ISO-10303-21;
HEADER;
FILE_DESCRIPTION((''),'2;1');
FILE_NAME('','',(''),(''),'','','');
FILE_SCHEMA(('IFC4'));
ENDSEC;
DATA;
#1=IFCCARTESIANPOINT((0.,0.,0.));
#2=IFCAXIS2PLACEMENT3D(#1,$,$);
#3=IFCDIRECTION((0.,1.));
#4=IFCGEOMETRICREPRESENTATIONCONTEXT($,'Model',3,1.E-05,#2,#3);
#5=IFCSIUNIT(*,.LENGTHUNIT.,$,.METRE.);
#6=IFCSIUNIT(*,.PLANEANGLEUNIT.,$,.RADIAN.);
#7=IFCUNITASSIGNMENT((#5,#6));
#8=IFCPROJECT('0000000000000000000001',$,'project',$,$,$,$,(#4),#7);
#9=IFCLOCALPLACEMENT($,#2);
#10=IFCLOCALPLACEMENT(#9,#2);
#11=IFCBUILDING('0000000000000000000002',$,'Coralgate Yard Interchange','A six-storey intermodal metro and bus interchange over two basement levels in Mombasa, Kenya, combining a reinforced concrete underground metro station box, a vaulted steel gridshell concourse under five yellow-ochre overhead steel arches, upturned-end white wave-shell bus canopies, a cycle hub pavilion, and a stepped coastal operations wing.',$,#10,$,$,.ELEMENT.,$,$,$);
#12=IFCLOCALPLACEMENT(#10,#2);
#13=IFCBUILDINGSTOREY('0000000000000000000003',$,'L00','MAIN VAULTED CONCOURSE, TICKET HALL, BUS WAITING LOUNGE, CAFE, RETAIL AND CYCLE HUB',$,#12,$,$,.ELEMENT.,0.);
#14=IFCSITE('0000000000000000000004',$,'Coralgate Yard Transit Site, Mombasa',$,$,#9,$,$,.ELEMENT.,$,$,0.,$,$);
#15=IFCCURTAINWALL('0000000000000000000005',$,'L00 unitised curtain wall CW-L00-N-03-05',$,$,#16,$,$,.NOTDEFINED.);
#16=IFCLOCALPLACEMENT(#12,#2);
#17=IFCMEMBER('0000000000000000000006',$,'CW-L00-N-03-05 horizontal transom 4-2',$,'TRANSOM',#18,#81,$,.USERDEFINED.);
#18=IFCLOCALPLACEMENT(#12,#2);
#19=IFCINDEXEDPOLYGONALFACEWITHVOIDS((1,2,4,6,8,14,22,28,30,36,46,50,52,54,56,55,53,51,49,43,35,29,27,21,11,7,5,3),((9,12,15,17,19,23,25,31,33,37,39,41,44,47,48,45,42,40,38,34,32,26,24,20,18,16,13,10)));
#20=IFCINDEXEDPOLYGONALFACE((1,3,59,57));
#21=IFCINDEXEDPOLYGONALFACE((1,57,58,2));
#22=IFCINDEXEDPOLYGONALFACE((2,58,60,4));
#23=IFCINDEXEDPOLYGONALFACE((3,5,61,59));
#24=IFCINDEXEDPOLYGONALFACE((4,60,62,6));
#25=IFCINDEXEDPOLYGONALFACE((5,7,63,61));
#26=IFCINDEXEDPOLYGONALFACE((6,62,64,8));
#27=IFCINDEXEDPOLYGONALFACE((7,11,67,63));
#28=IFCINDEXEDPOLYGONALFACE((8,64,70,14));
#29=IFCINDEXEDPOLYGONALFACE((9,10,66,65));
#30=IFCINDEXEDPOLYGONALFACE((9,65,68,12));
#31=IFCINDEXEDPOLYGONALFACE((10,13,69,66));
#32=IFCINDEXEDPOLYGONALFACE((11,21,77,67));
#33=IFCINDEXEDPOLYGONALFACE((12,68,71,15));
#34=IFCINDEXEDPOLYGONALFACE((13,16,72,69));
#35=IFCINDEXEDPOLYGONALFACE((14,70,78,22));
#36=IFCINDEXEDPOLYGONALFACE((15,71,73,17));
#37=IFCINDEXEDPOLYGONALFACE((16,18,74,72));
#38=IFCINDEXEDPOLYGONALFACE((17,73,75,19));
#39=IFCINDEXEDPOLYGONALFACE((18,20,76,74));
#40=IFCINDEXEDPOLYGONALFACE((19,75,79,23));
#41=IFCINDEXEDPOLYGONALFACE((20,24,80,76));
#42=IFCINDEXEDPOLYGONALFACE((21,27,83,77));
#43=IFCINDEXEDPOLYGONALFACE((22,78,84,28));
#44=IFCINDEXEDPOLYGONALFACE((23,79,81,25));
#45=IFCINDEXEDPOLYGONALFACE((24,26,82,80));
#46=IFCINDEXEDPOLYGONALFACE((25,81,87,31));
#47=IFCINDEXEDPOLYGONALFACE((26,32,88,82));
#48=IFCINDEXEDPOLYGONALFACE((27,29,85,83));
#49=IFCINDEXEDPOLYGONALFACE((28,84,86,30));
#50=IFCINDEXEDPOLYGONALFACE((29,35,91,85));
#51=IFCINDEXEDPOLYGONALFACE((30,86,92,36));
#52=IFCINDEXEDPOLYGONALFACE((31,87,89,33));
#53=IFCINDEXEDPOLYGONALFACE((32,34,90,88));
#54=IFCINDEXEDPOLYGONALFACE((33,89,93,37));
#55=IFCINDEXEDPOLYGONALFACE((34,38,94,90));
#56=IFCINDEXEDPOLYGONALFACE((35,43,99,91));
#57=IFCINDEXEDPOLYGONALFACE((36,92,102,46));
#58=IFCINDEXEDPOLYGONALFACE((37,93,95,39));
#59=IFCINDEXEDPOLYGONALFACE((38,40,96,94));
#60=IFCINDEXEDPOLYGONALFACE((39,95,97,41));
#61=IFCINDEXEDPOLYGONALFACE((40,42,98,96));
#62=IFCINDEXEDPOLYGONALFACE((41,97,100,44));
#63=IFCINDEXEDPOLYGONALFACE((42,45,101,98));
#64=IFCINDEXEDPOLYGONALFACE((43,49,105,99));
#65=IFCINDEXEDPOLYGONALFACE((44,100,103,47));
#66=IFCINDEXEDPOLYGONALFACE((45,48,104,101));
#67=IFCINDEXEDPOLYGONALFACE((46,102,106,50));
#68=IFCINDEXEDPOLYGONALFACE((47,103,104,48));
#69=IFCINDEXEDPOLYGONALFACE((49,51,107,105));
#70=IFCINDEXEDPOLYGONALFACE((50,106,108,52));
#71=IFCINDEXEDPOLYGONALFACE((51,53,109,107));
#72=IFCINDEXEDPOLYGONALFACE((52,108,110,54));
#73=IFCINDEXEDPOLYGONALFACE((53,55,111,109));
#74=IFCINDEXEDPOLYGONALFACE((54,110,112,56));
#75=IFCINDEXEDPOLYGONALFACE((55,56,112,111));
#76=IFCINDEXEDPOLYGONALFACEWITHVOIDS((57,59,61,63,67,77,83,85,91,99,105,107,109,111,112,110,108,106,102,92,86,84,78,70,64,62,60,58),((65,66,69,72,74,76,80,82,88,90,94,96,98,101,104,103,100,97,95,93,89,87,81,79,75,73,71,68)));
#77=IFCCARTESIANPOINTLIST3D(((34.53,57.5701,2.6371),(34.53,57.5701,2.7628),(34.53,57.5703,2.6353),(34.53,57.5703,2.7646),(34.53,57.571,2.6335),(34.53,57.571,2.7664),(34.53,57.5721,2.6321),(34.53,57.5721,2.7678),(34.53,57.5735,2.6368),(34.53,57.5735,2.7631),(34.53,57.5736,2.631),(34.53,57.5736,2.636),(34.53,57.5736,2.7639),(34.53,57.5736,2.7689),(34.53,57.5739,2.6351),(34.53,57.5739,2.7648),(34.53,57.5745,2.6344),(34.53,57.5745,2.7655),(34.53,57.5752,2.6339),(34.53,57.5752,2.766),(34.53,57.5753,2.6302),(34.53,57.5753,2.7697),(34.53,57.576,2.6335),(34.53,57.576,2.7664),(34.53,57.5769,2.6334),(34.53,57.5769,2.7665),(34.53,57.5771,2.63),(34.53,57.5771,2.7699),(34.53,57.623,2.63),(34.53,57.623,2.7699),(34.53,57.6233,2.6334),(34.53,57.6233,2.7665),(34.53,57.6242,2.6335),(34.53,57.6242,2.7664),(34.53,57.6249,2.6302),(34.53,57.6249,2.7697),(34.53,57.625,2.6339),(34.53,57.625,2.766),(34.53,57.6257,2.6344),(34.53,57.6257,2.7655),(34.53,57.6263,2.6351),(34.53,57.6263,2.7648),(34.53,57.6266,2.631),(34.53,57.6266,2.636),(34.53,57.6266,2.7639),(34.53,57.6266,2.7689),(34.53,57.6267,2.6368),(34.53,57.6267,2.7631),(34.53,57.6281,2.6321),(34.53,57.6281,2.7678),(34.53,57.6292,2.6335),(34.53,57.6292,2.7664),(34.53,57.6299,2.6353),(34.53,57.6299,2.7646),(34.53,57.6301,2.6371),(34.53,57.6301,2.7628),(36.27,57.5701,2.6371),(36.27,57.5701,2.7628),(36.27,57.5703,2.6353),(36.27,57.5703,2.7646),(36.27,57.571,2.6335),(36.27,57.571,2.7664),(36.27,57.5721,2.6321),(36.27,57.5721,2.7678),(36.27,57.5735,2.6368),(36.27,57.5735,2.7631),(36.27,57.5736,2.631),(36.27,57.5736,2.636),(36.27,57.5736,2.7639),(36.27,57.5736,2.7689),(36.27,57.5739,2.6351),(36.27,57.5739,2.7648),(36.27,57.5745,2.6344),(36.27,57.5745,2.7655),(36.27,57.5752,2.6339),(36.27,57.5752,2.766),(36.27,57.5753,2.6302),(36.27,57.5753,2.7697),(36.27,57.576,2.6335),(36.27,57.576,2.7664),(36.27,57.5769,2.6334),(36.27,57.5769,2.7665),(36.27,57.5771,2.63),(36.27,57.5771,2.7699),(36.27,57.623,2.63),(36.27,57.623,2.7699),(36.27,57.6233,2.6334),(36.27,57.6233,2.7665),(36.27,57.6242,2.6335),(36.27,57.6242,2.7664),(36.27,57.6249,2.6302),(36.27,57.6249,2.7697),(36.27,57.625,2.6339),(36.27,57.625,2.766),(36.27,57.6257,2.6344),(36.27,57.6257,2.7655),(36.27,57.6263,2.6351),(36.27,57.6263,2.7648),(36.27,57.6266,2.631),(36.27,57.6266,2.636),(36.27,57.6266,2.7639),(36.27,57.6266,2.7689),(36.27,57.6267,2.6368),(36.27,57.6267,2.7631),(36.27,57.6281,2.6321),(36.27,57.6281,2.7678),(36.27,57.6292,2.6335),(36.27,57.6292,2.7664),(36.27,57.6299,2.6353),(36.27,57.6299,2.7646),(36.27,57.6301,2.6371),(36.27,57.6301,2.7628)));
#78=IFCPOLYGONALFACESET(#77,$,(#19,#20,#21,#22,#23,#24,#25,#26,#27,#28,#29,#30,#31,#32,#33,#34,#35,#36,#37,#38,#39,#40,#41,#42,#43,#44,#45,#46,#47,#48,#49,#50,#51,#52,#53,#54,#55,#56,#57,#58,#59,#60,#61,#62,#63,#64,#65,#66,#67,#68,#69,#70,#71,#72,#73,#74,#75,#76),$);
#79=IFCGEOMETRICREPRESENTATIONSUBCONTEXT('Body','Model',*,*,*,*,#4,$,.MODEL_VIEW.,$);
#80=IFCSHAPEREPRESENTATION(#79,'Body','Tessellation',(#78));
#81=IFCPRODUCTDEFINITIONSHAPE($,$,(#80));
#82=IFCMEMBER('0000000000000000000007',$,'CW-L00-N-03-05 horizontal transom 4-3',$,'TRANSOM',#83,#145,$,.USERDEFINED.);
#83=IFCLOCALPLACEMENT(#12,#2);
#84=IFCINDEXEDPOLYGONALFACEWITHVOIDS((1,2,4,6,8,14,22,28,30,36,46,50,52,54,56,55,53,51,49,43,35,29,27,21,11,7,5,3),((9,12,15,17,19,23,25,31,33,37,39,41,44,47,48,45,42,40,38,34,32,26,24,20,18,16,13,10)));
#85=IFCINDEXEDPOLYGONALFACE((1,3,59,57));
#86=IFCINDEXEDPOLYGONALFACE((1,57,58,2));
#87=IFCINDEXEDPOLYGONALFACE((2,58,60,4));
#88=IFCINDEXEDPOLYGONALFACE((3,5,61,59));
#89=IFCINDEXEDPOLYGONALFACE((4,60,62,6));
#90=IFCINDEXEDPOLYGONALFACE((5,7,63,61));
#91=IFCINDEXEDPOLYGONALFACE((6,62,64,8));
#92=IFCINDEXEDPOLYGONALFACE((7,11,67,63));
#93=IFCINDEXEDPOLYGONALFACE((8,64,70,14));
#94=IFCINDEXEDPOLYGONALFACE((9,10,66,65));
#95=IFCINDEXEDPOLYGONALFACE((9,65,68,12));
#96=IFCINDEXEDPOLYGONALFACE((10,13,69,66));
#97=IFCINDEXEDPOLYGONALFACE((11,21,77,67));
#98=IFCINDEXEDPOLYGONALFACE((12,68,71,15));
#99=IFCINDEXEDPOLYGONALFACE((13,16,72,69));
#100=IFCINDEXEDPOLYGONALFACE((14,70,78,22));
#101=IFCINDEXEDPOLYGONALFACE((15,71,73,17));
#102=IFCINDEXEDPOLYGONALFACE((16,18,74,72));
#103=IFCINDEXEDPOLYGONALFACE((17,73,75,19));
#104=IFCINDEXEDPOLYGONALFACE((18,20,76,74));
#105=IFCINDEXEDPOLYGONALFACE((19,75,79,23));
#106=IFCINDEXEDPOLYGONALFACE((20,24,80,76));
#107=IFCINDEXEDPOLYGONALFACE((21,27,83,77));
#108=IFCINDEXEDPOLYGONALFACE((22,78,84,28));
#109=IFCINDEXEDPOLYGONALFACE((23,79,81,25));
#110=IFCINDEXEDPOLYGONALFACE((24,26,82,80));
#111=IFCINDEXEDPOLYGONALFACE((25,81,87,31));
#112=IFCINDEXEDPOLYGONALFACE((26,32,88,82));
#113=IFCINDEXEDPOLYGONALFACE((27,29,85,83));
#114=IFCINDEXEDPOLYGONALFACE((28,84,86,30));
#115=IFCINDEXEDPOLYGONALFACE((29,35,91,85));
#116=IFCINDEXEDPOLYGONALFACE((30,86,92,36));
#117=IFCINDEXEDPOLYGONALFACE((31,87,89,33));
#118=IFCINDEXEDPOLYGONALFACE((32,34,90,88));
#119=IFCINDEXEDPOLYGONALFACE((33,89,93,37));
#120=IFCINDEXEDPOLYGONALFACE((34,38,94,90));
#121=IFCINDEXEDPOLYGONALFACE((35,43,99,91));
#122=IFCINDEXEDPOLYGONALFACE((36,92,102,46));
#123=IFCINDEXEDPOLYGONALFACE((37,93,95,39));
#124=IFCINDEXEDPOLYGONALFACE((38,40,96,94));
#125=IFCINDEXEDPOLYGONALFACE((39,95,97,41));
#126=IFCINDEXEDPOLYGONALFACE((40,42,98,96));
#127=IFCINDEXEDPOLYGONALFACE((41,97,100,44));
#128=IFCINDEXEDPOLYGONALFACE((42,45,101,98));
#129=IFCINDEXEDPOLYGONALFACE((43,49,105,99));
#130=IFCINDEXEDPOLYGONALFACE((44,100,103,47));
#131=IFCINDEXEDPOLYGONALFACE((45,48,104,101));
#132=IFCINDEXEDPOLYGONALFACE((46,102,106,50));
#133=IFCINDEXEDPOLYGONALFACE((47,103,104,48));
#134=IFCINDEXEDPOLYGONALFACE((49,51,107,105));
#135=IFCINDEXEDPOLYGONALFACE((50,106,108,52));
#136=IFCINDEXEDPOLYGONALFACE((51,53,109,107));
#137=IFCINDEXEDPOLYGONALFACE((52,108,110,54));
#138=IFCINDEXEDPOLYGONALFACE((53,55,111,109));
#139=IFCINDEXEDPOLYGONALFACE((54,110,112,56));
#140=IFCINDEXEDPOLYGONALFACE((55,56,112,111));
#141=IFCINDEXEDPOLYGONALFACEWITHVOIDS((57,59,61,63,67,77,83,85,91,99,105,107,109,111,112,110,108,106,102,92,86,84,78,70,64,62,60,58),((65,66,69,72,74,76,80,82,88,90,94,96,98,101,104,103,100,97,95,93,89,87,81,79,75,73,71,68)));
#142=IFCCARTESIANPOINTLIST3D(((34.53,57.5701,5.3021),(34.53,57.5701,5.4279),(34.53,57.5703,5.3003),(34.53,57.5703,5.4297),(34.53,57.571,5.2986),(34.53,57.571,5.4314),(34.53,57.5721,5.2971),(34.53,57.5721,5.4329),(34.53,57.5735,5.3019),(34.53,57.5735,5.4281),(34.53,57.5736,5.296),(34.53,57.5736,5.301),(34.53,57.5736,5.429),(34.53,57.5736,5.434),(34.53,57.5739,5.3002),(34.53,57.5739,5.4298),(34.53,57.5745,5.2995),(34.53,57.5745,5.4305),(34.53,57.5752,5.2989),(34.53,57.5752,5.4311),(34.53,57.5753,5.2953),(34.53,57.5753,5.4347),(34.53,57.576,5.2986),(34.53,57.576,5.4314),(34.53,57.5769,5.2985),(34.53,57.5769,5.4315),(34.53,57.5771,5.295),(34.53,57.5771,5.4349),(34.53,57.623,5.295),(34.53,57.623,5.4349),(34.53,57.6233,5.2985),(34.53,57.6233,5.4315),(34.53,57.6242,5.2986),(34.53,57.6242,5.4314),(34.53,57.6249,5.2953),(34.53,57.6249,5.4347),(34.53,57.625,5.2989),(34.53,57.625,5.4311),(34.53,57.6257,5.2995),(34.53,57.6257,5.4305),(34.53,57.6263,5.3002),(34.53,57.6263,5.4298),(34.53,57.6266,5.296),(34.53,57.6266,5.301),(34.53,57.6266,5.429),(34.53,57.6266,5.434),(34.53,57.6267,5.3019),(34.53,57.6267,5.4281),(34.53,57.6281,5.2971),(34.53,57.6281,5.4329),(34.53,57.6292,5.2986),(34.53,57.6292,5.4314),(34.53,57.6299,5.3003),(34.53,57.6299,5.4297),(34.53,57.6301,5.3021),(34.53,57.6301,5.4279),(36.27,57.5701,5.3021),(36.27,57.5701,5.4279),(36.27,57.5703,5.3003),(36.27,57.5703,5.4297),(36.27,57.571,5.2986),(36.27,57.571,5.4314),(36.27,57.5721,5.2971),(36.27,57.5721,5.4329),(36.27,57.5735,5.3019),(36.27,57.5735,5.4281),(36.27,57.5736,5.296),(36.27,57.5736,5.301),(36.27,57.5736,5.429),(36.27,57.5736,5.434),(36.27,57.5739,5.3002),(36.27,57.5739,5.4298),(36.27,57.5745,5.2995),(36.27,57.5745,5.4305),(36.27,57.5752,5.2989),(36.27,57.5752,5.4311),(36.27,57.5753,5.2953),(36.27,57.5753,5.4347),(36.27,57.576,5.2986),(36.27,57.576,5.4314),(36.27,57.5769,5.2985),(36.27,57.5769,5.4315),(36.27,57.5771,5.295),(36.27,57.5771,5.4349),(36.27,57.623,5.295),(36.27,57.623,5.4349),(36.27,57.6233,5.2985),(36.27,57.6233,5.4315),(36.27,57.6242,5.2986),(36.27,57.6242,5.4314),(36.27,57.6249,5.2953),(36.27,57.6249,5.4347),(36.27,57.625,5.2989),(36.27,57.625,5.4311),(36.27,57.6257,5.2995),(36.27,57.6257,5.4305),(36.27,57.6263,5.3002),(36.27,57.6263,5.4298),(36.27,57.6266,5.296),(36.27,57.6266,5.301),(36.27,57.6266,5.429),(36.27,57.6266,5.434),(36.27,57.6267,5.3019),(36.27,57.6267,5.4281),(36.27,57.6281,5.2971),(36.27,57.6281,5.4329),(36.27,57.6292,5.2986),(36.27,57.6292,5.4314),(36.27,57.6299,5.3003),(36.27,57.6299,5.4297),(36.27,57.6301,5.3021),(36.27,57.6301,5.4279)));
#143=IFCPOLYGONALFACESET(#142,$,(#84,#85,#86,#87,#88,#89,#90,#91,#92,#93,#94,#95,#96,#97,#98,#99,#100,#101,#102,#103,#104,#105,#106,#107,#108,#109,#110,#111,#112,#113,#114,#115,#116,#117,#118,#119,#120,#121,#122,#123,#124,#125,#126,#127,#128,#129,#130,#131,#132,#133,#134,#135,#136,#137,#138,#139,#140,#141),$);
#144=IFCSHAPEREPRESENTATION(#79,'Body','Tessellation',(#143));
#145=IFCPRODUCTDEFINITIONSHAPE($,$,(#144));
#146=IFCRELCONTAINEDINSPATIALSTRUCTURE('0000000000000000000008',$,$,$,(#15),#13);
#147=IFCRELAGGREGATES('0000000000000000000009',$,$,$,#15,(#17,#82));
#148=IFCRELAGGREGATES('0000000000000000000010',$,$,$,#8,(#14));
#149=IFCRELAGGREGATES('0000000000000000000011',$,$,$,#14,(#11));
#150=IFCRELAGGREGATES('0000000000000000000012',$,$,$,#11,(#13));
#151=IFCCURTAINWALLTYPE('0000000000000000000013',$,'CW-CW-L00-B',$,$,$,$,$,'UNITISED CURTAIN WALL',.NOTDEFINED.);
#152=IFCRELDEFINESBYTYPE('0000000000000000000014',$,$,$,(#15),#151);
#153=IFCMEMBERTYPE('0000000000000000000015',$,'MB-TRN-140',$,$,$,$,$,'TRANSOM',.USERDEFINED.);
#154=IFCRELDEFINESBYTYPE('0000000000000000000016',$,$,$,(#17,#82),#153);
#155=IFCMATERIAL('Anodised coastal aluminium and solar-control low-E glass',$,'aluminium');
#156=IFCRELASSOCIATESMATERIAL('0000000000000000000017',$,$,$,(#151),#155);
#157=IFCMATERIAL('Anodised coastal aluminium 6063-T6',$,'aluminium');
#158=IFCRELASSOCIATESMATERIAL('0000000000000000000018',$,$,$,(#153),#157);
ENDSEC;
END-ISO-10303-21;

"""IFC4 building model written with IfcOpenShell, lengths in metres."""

from ifc_helpers import new_model, si_unit, direction, frame, origin, origin_2d, place, context, subcontext, project, spatial, hollow_rectangle, extrude, material, material_profile, profile_set, type_object, element, aggregate, save


model = new_model("IFC4")

# Units and contexts
model_context = context("Model", 3, precision=1e-05, world=origin(), true_north=direction((0.0, 1.0)))
body_context = subcontext(model_context, "Body", "Model", "MODEL_VIEW")
ifc_project = project(units=[si_unit("LENGTHUNIT", "METRE"), si_unit("PLANEANGLEUNIT", "RADIAN")], contexts=[model_context])

# Site, building, storey
site_placement = place(None, origin())
site = spatial("IfcSite", under=ifc_project, at=site_placement, Name="Coralgate Yard Transit Site, Mombasa", CompositionType="ELEMENT", RefElevation=0.0)
building_placement = place(site_placement, origin())
building = spatial("IfcBuilding", under=site, at=building_placement, Name="Coralgate Yard Interchange", Description="A six-storey intermodal metro and bus interchange over two basement levels in Mombasa, Kenya, combining a reinforced concrete underground metro station box, a vaulted steel gridshell concourse under five yellow-ochre overhead steel arches, upturned-end white wave-shell bus canopies, a cycle hub pavilion, and a stepped coastal operations wing.", CompositionType="ELEMENT")
storey_placement = place(building_placement, origin())
storey = spatial("IfcBuildingStorey", under=building, at=storey_placement, Name="L00", Description="MAIN VAULTED CONCOURSE, TICKET HALL, BUS WAITING LOUNGE, CAFE, RETAIL AND CYCLE HUB", CompositionType="ELEMENT", Elevation=0.0)

# Curtain wall, members
ifc_material_1 = material(Name="Anodised coastal aluminium and solar-control low-E glass", Category="aluminium")
curtain_wall_type = type_object("IfcCurtainWallType", Name="CW-CW-L00-B", ElementType="UNITISED CURTAIN WALL", PredefinedType="NOTDEFINED", material=ifc_material_1)
curtain_wall_placement = place(storey_placement, origin())
curtain_wall = element("IfcCurtainWall", 1, at=curtain_wall_placement, inside=storey, type_object=curtain_wall_type, Name="L00 unitised curtain wall CW-L00-N-03-05", PredefinedType="NOTDEFINED")
ifc_material_2 = material(Name="Anodised coastal aluminium 6063-T6", Category="aluminium")
ifc_material_profile_1 = material_profile(ifc_material_2, hollow_rectangle(XDim=0.0601, YDim=0.1399, WallThickness=0.0034, InnerFilletRadius=0.0034, OuterFilletRadius=0.0071, at=origin_2d()), Name="ALU 60x140x3.5")
ifc_profile_set_1 = profile_set([ifc_material_profile_1], Name="Anodised coastal aluminium 6063-T6")
member_type_1 = type_object("IfcMemberType", Name="MB-TRN-140", ElementType="TRANSOM", PredefinedType="USERDEFINED", material=ifc_profile_set_1)
member_1_placement = place(storey_placement, frame((34.53, 57.6001, 2.7), z_axis=(1.0, 0.0, 0.0), x_axis=(0.0, 1.0, 0.0)))
member_1 = element("IfcMember", 2, at=member_1_placement, type_object=member_type_1, Name="CW-L00-N-03-05 horizontal transom 4-2", ObjectType="TRANSOM", PredefinedType="USERDEFINED", context=body_context, shape_type="SweptSolid", body=[
    extrude(hollow_rectangle(XDim=0.0601, YDim=0.1399, WallThickness=0.0034, InnerFilletRadius=0.0034, OuterFilletRadius=0.0071, at=origin_2d()), origin(), (0.0, 0.0, 1.0), 1.74),
])
member_2_placement = place(storey_placement, frame((34.53, 57.6001, 5.365), z_axis=(1.0, 0.0, 0.0), x_axis=(0.0, 1.0, 0.0)))
member_2 = element("IfcMember", 3, at=member_2_placement, type_object=member_type_1, Name="CW-L00-N-03-05 horizontal transom 4-3", ObjectType="TRANSOM", PredefinedType="USERDEFINED", context=body_context, shape_type="SweptSolid", body=[
    extrude(hollow_rectangle(XDim=0.0601, YDim=0.1399, WallThickness=0.0034, InnerFilletRadius=0.0034, OuterFilletRadius=0.0071, at=origin_2d()), origin(), (0.0, 0.0, 1.0), 1.74),
])
aggregate(curtain_wall, [member_1, member_2])

save(model, "model.ifc")
